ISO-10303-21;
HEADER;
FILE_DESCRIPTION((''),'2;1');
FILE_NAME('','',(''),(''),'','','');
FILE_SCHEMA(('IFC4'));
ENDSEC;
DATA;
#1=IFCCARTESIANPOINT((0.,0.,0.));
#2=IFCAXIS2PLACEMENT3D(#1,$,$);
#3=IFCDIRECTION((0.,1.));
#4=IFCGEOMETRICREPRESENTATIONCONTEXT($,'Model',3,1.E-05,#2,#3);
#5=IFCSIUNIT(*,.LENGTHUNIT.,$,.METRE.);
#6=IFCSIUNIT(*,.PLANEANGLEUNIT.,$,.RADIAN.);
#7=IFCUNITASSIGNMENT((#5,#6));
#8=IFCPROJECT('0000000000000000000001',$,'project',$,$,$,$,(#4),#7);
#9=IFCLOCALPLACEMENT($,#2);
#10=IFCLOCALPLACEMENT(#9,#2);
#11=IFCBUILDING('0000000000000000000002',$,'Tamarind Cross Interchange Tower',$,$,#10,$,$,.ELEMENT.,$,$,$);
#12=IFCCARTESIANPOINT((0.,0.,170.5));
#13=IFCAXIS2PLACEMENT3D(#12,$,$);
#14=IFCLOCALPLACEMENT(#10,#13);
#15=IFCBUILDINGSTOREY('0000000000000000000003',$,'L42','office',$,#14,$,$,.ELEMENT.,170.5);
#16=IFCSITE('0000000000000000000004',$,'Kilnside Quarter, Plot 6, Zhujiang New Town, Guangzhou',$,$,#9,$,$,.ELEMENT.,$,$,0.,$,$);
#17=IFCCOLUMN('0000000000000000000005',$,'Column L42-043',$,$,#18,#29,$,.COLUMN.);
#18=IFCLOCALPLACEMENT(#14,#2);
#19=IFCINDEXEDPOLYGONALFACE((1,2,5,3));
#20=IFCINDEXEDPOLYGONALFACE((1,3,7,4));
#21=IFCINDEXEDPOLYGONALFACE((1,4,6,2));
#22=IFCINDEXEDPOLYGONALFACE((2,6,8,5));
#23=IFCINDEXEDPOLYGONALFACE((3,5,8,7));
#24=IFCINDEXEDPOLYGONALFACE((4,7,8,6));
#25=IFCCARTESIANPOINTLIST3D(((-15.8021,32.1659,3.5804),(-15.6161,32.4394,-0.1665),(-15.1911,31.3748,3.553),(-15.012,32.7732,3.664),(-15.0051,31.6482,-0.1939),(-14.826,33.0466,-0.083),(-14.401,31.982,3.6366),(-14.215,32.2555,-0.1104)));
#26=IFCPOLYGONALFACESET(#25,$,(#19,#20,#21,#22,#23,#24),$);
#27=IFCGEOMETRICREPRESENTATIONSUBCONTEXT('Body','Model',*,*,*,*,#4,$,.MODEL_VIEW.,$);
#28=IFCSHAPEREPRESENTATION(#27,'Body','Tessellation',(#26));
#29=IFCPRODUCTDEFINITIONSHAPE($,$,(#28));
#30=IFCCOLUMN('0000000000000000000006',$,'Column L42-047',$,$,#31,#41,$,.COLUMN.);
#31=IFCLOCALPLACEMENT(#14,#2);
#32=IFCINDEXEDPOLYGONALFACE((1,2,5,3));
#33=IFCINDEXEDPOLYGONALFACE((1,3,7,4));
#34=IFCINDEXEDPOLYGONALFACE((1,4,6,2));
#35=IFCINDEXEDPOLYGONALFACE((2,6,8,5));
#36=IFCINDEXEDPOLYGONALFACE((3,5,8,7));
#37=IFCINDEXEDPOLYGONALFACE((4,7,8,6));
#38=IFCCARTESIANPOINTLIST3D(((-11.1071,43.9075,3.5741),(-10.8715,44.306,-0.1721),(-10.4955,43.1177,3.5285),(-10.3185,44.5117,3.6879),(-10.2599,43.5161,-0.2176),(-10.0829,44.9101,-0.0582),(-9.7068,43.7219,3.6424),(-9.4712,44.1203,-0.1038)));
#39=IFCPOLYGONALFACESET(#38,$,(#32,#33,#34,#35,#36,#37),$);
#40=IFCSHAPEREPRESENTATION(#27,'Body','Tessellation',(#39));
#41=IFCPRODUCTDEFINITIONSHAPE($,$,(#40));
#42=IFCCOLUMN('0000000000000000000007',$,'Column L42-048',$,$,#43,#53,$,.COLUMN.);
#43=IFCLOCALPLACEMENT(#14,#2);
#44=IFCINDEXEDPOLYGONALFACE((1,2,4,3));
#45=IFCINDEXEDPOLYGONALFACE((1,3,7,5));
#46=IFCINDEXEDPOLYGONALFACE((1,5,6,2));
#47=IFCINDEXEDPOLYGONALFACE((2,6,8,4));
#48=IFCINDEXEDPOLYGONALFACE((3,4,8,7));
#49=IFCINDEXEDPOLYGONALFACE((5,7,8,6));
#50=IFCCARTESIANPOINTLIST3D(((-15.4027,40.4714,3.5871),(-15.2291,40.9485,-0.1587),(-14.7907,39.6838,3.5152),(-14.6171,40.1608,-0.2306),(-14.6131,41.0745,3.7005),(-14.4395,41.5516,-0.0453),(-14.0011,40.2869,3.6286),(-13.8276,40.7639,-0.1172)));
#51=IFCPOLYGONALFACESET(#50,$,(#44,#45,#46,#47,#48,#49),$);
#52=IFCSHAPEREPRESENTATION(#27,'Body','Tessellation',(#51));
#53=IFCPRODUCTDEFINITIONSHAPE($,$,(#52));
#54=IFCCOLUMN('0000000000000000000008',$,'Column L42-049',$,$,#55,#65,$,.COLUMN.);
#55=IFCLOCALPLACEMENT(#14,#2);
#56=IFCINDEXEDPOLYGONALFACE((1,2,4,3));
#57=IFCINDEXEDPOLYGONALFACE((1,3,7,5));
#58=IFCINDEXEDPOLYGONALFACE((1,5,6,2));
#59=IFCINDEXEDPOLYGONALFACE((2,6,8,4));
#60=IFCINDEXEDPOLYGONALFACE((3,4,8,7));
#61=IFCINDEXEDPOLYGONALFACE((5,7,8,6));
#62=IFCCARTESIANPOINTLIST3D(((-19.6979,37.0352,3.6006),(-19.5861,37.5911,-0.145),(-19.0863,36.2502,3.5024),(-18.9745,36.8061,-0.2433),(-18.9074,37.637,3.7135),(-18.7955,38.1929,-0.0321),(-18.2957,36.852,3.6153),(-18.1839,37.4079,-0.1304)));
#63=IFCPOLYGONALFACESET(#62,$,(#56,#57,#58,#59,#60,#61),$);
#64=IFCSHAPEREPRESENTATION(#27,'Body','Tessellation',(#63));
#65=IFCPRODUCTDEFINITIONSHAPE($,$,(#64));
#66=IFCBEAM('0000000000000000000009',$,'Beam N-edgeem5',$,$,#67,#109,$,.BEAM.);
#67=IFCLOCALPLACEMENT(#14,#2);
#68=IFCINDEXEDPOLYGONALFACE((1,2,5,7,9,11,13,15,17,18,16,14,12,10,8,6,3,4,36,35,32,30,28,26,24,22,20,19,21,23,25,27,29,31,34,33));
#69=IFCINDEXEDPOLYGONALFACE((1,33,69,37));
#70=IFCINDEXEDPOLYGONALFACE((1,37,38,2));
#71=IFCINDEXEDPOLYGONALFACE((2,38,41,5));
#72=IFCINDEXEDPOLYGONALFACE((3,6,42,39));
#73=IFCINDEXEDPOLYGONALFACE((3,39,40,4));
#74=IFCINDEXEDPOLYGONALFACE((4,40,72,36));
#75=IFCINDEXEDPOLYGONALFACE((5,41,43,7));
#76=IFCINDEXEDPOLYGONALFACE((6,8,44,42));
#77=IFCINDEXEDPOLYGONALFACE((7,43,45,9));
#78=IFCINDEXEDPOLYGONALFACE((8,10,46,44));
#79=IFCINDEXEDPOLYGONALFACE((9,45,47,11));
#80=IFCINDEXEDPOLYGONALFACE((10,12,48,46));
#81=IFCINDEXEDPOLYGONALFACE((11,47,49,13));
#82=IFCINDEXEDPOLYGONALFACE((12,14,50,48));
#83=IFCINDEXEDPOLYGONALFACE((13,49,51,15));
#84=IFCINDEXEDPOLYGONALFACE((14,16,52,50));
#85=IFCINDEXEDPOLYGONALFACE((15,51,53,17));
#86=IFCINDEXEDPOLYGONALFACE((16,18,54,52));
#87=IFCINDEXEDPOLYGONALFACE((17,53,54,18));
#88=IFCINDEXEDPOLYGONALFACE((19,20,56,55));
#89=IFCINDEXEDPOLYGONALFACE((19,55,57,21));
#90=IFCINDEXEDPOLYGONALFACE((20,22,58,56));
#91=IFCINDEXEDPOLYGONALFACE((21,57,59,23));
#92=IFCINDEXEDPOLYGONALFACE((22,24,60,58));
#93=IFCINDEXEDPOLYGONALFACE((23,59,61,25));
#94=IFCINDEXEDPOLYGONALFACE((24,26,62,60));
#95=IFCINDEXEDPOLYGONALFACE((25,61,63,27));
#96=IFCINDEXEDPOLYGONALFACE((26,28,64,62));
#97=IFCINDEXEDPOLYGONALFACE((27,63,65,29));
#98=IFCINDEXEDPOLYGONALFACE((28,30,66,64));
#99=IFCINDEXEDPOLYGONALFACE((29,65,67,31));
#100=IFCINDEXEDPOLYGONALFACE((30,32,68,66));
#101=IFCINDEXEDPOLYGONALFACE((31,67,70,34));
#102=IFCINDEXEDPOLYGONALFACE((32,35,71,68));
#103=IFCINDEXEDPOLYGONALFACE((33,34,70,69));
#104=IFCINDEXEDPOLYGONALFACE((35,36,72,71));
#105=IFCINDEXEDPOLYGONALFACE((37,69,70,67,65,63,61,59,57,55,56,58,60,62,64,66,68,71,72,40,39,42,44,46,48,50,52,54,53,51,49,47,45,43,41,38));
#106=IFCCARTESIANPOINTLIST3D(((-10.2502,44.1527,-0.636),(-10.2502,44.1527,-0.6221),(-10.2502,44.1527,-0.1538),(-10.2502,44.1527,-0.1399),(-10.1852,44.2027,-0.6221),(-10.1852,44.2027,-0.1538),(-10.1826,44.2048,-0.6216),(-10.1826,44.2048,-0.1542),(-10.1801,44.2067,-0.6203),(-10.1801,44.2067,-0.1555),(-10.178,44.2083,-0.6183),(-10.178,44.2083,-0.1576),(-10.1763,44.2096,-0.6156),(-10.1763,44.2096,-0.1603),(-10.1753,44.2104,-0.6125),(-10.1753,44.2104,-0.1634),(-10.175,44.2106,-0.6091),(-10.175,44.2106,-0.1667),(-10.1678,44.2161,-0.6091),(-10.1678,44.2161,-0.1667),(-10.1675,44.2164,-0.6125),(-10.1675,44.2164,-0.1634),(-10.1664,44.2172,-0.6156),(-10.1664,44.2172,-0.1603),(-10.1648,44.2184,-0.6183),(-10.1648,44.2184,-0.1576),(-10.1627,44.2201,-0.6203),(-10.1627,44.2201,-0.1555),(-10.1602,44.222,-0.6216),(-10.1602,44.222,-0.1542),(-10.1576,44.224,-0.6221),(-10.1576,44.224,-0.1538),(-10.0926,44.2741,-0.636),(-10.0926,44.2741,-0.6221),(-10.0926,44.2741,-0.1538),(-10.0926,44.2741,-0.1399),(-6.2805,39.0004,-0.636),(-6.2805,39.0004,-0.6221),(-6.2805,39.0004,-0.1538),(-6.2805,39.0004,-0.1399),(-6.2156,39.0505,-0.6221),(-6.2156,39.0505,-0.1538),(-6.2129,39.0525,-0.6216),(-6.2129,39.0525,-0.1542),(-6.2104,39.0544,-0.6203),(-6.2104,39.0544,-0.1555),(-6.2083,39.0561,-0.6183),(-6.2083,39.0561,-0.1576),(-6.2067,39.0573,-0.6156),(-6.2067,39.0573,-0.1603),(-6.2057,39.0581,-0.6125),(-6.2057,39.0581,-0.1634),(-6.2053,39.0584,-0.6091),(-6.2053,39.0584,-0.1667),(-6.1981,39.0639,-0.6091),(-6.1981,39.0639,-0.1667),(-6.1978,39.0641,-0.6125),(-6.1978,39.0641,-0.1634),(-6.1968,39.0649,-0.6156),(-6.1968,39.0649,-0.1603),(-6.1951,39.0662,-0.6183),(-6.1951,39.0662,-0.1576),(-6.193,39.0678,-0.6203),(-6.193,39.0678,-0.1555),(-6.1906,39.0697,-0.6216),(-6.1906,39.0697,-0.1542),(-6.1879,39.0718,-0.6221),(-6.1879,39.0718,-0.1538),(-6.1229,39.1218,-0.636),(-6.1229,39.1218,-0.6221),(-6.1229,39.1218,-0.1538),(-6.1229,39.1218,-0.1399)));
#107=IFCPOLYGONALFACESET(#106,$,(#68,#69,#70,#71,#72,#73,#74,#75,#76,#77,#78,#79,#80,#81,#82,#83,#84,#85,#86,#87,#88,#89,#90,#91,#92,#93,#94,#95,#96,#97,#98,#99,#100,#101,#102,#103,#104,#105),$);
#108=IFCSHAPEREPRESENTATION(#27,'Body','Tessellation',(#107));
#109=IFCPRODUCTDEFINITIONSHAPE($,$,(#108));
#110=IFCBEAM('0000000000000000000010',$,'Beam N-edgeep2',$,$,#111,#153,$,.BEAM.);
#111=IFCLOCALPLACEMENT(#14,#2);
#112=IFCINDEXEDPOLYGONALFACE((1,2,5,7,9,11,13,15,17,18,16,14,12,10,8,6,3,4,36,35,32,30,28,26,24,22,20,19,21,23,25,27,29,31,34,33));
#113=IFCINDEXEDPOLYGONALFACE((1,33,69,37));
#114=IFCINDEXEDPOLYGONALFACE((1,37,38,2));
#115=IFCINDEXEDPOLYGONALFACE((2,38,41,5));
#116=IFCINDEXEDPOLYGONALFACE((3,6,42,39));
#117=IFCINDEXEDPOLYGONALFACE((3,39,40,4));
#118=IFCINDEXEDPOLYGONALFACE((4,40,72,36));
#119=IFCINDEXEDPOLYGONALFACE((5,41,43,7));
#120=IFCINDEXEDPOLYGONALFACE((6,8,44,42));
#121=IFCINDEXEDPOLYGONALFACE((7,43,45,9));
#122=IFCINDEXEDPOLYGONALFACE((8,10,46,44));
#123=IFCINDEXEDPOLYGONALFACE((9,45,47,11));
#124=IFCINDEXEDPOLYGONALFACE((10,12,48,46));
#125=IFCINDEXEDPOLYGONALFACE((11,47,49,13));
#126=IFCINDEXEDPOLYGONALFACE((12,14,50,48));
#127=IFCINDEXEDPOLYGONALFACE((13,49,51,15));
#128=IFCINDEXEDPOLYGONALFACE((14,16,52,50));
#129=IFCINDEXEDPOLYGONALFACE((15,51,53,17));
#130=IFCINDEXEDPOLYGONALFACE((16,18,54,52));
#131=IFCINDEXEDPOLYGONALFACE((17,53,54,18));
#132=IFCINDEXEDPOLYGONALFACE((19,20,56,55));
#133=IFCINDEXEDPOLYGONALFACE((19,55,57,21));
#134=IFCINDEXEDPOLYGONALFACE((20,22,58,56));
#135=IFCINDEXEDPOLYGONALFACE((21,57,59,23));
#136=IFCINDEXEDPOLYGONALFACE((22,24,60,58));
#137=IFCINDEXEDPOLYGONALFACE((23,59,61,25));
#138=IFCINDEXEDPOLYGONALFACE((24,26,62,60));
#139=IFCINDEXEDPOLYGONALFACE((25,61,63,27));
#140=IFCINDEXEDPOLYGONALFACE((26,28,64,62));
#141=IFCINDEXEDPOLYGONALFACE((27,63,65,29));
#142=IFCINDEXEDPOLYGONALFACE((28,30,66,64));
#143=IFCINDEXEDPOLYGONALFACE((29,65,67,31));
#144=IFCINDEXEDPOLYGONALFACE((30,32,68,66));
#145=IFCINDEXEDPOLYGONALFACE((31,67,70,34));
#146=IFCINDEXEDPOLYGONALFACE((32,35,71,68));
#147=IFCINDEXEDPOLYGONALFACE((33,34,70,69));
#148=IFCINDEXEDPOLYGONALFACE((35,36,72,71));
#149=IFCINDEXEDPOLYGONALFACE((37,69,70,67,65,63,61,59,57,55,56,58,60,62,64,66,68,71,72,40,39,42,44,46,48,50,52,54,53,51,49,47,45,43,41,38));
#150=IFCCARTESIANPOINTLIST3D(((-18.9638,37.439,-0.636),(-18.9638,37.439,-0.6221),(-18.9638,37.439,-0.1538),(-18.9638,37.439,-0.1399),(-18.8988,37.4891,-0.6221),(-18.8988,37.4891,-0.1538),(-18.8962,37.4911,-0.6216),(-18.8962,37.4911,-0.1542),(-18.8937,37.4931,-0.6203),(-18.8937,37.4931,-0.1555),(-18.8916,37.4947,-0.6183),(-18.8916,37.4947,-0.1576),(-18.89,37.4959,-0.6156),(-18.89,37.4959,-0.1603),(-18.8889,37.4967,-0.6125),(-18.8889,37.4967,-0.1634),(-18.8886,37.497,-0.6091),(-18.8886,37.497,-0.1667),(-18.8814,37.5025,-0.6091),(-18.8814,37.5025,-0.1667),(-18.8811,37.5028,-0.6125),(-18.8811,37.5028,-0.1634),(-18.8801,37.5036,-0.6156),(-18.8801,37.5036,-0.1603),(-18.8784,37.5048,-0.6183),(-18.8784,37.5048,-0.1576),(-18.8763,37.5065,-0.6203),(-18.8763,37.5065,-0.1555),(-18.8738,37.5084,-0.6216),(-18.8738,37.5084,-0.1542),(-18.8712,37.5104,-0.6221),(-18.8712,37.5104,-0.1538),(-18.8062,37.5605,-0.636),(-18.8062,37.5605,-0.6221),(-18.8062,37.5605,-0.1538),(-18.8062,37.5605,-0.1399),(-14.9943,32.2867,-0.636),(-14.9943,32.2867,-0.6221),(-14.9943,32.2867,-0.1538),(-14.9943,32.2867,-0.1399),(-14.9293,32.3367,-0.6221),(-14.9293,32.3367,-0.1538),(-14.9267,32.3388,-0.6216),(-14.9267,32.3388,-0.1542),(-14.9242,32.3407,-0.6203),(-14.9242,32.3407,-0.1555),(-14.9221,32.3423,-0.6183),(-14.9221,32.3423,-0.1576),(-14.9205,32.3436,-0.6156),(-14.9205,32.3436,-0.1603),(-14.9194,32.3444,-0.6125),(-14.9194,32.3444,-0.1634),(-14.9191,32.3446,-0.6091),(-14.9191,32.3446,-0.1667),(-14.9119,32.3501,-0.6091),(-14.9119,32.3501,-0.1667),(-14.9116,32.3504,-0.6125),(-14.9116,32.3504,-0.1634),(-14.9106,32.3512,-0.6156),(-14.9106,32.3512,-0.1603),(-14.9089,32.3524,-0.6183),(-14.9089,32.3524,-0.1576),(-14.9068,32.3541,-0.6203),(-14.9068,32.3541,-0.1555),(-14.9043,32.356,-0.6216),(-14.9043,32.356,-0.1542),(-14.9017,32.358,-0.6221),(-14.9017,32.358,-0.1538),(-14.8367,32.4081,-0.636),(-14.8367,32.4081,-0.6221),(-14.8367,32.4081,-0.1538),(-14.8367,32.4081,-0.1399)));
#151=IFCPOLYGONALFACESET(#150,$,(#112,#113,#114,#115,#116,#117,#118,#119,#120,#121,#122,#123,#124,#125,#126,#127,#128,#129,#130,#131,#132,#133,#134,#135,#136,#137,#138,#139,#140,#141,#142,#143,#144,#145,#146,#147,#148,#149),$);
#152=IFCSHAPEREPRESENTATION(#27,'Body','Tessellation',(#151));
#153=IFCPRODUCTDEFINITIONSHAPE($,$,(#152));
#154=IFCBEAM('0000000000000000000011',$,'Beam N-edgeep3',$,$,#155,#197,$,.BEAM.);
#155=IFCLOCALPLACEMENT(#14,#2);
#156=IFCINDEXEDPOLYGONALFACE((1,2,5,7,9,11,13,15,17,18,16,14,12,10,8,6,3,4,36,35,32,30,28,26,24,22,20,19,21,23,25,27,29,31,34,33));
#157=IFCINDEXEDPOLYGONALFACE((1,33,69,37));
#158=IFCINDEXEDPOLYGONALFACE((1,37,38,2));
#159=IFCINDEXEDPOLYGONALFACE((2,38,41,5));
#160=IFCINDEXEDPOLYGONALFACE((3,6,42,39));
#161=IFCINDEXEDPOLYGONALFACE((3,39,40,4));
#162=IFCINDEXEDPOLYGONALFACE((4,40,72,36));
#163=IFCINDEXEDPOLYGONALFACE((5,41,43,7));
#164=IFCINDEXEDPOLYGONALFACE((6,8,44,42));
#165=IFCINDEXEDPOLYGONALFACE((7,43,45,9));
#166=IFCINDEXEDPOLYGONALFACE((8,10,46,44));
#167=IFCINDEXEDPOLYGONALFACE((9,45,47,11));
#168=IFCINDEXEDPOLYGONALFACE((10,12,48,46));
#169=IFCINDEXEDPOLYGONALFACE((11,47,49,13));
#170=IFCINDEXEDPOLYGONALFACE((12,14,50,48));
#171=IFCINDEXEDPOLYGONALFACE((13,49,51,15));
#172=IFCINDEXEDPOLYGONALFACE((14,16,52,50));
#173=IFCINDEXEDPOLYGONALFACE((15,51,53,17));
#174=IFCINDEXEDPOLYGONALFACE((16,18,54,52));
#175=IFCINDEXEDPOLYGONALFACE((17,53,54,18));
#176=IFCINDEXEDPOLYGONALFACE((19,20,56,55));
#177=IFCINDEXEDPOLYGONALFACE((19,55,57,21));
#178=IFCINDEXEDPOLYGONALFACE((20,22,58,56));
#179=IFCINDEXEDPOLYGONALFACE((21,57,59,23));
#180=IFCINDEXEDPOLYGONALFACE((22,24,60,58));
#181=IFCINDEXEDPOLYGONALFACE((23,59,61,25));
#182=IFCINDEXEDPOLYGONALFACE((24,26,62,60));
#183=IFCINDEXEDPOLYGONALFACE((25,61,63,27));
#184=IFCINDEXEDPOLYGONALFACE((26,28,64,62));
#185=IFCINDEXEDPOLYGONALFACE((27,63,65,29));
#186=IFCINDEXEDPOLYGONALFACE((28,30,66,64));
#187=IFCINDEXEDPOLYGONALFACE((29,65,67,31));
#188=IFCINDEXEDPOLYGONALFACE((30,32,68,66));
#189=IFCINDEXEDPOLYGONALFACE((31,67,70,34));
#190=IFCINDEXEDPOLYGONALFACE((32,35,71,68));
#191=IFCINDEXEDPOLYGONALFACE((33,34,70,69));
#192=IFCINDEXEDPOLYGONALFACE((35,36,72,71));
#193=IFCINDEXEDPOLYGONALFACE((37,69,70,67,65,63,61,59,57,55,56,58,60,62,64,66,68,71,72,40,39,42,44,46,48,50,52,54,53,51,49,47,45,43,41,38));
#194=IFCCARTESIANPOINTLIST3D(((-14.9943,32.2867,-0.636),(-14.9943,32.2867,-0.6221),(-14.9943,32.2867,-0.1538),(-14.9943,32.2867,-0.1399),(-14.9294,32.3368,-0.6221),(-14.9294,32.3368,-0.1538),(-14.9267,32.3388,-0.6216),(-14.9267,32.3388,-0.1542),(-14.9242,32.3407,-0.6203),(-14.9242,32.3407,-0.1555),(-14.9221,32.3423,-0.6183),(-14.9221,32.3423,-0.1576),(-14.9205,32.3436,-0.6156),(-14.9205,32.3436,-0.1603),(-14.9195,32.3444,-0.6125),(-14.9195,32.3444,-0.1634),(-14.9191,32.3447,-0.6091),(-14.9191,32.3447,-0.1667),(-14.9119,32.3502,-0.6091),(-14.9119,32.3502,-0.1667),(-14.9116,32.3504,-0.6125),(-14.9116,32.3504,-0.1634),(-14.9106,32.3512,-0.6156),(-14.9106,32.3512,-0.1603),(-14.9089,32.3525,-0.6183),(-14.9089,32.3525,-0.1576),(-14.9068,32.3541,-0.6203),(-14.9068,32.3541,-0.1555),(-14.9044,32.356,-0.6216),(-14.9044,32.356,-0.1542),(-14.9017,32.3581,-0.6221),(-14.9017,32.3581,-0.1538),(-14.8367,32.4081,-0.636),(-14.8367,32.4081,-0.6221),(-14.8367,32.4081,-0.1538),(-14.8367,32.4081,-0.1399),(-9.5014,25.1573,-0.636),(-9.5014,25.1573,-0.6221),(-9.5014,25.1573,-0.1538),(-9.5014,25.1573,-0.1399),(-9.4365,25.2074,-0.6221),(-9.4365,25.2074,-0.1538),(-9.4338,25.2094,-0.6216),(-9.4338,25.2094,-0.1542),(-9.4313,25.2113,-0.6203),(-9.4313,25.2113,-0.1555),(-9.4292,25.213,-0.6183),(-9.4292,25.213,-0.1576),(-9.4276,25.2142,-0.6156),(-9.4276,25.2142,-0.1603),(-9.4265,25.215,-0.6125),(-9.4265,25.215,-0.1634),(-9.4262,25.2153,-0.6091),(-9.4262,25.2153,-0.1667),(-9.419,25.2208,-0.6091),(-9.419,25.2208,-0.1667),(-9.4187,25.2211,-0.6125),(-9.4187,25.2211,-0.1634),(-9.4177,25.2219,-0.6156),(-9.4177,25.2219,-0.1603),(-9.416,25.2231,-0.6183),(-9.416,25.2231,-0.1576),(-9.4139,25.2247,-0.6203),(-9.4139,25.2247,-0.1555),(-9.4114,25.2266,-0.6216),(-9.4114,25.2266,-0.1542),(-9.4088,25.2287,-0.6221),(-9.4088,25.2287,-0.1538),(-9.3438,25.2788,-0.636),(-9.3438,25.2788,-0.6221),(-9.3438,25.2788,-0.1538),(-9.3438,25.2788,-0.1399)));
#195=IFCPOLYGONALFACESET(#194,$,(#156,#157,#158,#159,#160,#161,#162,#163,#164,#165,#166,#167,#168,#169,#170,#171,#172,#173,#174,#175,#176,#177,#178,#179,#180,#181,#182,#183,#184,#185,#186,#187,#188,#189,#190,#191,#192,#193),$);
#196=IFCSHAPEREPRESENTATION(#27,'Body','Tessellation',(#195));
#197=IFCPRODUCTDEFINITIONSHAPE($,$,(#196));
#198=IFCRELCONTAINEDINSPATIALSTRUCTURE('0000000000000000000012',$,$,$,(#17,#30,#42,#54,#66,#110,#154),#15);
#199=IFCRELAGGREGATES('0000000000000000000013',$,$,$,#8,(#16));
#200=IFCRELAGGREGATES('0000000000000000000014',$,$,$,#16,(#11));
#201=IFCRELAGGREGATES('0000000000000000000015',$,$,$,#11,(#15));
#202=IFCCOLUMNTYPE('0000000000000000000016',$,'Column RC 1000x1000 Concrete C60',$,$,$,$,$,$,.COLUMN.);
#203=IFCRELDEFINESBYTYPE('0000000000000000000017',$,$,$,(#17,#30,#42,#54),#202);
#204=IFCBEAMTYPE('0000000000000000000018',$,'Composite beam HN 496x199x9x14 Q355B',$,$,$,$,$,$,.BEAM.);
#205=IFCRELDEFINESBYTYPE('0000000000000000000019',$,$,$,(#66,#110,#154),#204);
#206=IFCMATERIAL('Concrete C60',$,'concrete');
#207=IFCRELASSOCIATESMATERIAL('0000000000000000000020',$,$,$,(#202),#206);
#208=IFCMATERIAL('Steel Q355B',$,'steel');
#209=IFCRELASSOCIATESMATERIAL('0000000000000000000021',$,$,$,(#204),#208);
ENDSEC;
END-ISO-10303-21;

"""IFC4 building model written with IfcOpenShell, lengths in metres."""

from ifc_helpers import new_model, si_unit, direction, frame, origin, origin_2d, place, context, subcontext, project, spatial, rectangle, i_section, extrude, material, material_profile, profile_set, type_object, element, save


model = new_model("IFC4")

# Units and contexts
model_context = context("Model", 3, precision=1e-05, world=origin(), true_north=direction((0.0, 1.0)))
body_context = subcontext(model_context, "Body", "Model", "MODEL_VIEW")
ifc_project = project(units=[si_unit("LENGTHUNIT", "METRE"), si_unit("PLANEANGLEUNIT", "RADIAN")], contexts=[model_context])

# Site, building, storey
site_placement = place(None, origin())
site = spatial("IfcSite", under=ifc_project, at=site_placement, Name="Kilnside Quarter, Plot 6, Zhujiang New Town, Guangzhou", CompositionType="ELEMENT", RefElevation=0.0)
building_placement = place(site_placement, origin())
building = spatial("IfcBuilding", under=site, at=building_placement, Name="Tamarind Cross Interchange Tower", CompositionType="ELEMENT")
storey_placement = place(building_placement, frame((0.0, 0.0, 170.5)))
storey = spatial("IfcBuildingStorey", under=building, at=storey_placement, Name="L42", Description="office", CompositionType="ELEMENT", Elevation=170.5)

# Columns
ifc_material_1 = material(Name="Concrete C60", Category="concrete")
ifc_material_profile_1 = material_profile(ifc_material_1, rectangle(XDim=1.0, YDim=1.0, at=origin_2d()), Name="RC 1000x1000")
ifc_profile_set_1 = profile_set([ifc_material_profile_1], Name="Concrete C60")
column_type = type_object("IfcColumnType", Name="Column RC 1000x1000 Concrete C60", PredefinedType="COLUMN", material=ifc_profile_set_1)
column_1_placement = place(storey_placement, frame((-14.9155, 32.3474, -0.1384), z_axis=(-0.049459, -0.072696, 0.996127), x_axis=(0.790098, 0.607261, 0.083546)))
element("IfcColumn", 1, at=column_1_placement, inside=storey, type_object=column_type, Name="Column L42-043", PredefinedType="COLUMN", context=body_context, shape_type="SweptSolid", body=[
    extrude(rectangle(XDim=1.0, YDim=1.0, at=origin_2d()), origin(), (0.0, 0.0, 1.0), 3.7615),
])
column_2_placement = place(storey_placement, frame((-10.1714, 44.2131, -0.1379), z_axis=(-0.062416, -0.105558, 0.992452), x_axis=(0.788672, 0.604179, 0.113861)))
element("IfcColumn", 2, at=column_2_placement, inside=storey, type_object=column_type, Name="Column L42-047", PredefinedType="COLUMN", context=body_context, shape_type="SweptSolid", body=[
    extrude(rectangle(XDim=1.0, YDim=1.0, at=origin_2d()), origin(), (0.0, 0.0, 1.0), 3.7747),
])
column_3_placement = place(storey_placement, frame((-14.5283, 40.8562, -0.1379), z_axis=(-0.045921, -0.126201, 0.990941), x_axis=(0.789567, 0.603096, 0.113396)))
element("IfcColumn", 3, at=column_3_placement, inside=storey, type_object=column_type, Name="Column L42-048", PredefinedType="COLUMN", context=body_context, shape_type="SweptSolid", body=[
    extrude(rectangle(XDim=1.0, YDim=1.0, at=origin_2d()), origin(), (0.0, 0.0, 1.0), 3.78),
])
column_4_placement = place(storey_placement, frame((-18.885, 37.4995, -0.1377), z_axis=(-0.029516, -0.146744, 0.988734), x_axis=(0.790586, 0.601849, 0.112925)))
element("IfcColumn", 4, at=column_4_placement, inside=storey, type_object=column_type, Name="Column L42-049", PredefinedType="COLUMN", context=body_context, shape_type="SweptSolid", body=[
    extrude(rectangle(XDim=1.0, YDim=1.0, at=origin_2d()), origin(), (0.0, 0.0, 1.0), 3.7883),
])

# Beams
ifc_material_2 = material(Name="Steel Q355B", Category="steel")
ifc_material_profile_2 = material_profile(ifc_material_2, i_section(OverallWidth=0.199, OverallDepth=0.4961, WebThickness=0.009, FlangeThickness=0.0139, FilletRadius=0.0129, at=origin_2d()), Name="HN 496x199x9x14")
ifc_profile_set_2 = profile_set([ifc_material_profile_2], Name="Steel Q355B")
beam_type_1 = type_object("IfcBeamType", Name="Composite beam HN 496x199x9x14 Q355B", PredefinedType="BEAM", material=ifc_profile_set_2)
for number, where, z_axis, x_axis, name in (
    (5, (-10.1714, 44.2134, -0.3879), (0.610327, -0.792149, 0.0), (0.792149, 0.610327, 0.0), "Beam N-edgeem5"),
    (6, (-18.885, 37.4998, -0.3879), (0.610304, -0.792167, 0.0), (0.792167, 0.610304, 0.0), "Beam N-edgeep2"),
):
    element("IfcBeam", number, at=place(storey_placement, frame(where, z_axis=z_axis, x_axis=x_axis)), inside=storey, type_object=beam_type_1, Name=name, PredefinedType="BEAM", context=body_context, shape_type="SweptSolid", body=[
        extrude(i_section(OverallWidth=0.199, OverallDepth=0.4961, WebThickness=0.009, FlangeThickness=0.0139, FilletRadius=0.0129, at=origin_2d()), origin(), (0.0, 0.0, 1.0), 6.5042),
    ])
beam_1_placement = place(storey_placement, frame((-14.9155, 32.3474, -0.3879), z_axis=(0.610323, -0.792153, 0.0), x_axis=(0.792153, 0.610323, 0.0)))
element("IfcBeam", 7, at=beam_1_placement, inside=storey, type_object=beam_type_1, Name="Beam N-edgeep3", PredefinedType="BEAM", context=body_context, shape_type="SweptSolid", body=[
    extrude(i_section(OverallWidth=0.199, OverallDepth=0.4961, WebThickness=0.009, FlangeThickness=0.0139, FilletRadius=0.0129, at=origin_2d()), origin(), (0.0, 0.0, 1.0), 9.0),
])

save(model, "model.ifc")
